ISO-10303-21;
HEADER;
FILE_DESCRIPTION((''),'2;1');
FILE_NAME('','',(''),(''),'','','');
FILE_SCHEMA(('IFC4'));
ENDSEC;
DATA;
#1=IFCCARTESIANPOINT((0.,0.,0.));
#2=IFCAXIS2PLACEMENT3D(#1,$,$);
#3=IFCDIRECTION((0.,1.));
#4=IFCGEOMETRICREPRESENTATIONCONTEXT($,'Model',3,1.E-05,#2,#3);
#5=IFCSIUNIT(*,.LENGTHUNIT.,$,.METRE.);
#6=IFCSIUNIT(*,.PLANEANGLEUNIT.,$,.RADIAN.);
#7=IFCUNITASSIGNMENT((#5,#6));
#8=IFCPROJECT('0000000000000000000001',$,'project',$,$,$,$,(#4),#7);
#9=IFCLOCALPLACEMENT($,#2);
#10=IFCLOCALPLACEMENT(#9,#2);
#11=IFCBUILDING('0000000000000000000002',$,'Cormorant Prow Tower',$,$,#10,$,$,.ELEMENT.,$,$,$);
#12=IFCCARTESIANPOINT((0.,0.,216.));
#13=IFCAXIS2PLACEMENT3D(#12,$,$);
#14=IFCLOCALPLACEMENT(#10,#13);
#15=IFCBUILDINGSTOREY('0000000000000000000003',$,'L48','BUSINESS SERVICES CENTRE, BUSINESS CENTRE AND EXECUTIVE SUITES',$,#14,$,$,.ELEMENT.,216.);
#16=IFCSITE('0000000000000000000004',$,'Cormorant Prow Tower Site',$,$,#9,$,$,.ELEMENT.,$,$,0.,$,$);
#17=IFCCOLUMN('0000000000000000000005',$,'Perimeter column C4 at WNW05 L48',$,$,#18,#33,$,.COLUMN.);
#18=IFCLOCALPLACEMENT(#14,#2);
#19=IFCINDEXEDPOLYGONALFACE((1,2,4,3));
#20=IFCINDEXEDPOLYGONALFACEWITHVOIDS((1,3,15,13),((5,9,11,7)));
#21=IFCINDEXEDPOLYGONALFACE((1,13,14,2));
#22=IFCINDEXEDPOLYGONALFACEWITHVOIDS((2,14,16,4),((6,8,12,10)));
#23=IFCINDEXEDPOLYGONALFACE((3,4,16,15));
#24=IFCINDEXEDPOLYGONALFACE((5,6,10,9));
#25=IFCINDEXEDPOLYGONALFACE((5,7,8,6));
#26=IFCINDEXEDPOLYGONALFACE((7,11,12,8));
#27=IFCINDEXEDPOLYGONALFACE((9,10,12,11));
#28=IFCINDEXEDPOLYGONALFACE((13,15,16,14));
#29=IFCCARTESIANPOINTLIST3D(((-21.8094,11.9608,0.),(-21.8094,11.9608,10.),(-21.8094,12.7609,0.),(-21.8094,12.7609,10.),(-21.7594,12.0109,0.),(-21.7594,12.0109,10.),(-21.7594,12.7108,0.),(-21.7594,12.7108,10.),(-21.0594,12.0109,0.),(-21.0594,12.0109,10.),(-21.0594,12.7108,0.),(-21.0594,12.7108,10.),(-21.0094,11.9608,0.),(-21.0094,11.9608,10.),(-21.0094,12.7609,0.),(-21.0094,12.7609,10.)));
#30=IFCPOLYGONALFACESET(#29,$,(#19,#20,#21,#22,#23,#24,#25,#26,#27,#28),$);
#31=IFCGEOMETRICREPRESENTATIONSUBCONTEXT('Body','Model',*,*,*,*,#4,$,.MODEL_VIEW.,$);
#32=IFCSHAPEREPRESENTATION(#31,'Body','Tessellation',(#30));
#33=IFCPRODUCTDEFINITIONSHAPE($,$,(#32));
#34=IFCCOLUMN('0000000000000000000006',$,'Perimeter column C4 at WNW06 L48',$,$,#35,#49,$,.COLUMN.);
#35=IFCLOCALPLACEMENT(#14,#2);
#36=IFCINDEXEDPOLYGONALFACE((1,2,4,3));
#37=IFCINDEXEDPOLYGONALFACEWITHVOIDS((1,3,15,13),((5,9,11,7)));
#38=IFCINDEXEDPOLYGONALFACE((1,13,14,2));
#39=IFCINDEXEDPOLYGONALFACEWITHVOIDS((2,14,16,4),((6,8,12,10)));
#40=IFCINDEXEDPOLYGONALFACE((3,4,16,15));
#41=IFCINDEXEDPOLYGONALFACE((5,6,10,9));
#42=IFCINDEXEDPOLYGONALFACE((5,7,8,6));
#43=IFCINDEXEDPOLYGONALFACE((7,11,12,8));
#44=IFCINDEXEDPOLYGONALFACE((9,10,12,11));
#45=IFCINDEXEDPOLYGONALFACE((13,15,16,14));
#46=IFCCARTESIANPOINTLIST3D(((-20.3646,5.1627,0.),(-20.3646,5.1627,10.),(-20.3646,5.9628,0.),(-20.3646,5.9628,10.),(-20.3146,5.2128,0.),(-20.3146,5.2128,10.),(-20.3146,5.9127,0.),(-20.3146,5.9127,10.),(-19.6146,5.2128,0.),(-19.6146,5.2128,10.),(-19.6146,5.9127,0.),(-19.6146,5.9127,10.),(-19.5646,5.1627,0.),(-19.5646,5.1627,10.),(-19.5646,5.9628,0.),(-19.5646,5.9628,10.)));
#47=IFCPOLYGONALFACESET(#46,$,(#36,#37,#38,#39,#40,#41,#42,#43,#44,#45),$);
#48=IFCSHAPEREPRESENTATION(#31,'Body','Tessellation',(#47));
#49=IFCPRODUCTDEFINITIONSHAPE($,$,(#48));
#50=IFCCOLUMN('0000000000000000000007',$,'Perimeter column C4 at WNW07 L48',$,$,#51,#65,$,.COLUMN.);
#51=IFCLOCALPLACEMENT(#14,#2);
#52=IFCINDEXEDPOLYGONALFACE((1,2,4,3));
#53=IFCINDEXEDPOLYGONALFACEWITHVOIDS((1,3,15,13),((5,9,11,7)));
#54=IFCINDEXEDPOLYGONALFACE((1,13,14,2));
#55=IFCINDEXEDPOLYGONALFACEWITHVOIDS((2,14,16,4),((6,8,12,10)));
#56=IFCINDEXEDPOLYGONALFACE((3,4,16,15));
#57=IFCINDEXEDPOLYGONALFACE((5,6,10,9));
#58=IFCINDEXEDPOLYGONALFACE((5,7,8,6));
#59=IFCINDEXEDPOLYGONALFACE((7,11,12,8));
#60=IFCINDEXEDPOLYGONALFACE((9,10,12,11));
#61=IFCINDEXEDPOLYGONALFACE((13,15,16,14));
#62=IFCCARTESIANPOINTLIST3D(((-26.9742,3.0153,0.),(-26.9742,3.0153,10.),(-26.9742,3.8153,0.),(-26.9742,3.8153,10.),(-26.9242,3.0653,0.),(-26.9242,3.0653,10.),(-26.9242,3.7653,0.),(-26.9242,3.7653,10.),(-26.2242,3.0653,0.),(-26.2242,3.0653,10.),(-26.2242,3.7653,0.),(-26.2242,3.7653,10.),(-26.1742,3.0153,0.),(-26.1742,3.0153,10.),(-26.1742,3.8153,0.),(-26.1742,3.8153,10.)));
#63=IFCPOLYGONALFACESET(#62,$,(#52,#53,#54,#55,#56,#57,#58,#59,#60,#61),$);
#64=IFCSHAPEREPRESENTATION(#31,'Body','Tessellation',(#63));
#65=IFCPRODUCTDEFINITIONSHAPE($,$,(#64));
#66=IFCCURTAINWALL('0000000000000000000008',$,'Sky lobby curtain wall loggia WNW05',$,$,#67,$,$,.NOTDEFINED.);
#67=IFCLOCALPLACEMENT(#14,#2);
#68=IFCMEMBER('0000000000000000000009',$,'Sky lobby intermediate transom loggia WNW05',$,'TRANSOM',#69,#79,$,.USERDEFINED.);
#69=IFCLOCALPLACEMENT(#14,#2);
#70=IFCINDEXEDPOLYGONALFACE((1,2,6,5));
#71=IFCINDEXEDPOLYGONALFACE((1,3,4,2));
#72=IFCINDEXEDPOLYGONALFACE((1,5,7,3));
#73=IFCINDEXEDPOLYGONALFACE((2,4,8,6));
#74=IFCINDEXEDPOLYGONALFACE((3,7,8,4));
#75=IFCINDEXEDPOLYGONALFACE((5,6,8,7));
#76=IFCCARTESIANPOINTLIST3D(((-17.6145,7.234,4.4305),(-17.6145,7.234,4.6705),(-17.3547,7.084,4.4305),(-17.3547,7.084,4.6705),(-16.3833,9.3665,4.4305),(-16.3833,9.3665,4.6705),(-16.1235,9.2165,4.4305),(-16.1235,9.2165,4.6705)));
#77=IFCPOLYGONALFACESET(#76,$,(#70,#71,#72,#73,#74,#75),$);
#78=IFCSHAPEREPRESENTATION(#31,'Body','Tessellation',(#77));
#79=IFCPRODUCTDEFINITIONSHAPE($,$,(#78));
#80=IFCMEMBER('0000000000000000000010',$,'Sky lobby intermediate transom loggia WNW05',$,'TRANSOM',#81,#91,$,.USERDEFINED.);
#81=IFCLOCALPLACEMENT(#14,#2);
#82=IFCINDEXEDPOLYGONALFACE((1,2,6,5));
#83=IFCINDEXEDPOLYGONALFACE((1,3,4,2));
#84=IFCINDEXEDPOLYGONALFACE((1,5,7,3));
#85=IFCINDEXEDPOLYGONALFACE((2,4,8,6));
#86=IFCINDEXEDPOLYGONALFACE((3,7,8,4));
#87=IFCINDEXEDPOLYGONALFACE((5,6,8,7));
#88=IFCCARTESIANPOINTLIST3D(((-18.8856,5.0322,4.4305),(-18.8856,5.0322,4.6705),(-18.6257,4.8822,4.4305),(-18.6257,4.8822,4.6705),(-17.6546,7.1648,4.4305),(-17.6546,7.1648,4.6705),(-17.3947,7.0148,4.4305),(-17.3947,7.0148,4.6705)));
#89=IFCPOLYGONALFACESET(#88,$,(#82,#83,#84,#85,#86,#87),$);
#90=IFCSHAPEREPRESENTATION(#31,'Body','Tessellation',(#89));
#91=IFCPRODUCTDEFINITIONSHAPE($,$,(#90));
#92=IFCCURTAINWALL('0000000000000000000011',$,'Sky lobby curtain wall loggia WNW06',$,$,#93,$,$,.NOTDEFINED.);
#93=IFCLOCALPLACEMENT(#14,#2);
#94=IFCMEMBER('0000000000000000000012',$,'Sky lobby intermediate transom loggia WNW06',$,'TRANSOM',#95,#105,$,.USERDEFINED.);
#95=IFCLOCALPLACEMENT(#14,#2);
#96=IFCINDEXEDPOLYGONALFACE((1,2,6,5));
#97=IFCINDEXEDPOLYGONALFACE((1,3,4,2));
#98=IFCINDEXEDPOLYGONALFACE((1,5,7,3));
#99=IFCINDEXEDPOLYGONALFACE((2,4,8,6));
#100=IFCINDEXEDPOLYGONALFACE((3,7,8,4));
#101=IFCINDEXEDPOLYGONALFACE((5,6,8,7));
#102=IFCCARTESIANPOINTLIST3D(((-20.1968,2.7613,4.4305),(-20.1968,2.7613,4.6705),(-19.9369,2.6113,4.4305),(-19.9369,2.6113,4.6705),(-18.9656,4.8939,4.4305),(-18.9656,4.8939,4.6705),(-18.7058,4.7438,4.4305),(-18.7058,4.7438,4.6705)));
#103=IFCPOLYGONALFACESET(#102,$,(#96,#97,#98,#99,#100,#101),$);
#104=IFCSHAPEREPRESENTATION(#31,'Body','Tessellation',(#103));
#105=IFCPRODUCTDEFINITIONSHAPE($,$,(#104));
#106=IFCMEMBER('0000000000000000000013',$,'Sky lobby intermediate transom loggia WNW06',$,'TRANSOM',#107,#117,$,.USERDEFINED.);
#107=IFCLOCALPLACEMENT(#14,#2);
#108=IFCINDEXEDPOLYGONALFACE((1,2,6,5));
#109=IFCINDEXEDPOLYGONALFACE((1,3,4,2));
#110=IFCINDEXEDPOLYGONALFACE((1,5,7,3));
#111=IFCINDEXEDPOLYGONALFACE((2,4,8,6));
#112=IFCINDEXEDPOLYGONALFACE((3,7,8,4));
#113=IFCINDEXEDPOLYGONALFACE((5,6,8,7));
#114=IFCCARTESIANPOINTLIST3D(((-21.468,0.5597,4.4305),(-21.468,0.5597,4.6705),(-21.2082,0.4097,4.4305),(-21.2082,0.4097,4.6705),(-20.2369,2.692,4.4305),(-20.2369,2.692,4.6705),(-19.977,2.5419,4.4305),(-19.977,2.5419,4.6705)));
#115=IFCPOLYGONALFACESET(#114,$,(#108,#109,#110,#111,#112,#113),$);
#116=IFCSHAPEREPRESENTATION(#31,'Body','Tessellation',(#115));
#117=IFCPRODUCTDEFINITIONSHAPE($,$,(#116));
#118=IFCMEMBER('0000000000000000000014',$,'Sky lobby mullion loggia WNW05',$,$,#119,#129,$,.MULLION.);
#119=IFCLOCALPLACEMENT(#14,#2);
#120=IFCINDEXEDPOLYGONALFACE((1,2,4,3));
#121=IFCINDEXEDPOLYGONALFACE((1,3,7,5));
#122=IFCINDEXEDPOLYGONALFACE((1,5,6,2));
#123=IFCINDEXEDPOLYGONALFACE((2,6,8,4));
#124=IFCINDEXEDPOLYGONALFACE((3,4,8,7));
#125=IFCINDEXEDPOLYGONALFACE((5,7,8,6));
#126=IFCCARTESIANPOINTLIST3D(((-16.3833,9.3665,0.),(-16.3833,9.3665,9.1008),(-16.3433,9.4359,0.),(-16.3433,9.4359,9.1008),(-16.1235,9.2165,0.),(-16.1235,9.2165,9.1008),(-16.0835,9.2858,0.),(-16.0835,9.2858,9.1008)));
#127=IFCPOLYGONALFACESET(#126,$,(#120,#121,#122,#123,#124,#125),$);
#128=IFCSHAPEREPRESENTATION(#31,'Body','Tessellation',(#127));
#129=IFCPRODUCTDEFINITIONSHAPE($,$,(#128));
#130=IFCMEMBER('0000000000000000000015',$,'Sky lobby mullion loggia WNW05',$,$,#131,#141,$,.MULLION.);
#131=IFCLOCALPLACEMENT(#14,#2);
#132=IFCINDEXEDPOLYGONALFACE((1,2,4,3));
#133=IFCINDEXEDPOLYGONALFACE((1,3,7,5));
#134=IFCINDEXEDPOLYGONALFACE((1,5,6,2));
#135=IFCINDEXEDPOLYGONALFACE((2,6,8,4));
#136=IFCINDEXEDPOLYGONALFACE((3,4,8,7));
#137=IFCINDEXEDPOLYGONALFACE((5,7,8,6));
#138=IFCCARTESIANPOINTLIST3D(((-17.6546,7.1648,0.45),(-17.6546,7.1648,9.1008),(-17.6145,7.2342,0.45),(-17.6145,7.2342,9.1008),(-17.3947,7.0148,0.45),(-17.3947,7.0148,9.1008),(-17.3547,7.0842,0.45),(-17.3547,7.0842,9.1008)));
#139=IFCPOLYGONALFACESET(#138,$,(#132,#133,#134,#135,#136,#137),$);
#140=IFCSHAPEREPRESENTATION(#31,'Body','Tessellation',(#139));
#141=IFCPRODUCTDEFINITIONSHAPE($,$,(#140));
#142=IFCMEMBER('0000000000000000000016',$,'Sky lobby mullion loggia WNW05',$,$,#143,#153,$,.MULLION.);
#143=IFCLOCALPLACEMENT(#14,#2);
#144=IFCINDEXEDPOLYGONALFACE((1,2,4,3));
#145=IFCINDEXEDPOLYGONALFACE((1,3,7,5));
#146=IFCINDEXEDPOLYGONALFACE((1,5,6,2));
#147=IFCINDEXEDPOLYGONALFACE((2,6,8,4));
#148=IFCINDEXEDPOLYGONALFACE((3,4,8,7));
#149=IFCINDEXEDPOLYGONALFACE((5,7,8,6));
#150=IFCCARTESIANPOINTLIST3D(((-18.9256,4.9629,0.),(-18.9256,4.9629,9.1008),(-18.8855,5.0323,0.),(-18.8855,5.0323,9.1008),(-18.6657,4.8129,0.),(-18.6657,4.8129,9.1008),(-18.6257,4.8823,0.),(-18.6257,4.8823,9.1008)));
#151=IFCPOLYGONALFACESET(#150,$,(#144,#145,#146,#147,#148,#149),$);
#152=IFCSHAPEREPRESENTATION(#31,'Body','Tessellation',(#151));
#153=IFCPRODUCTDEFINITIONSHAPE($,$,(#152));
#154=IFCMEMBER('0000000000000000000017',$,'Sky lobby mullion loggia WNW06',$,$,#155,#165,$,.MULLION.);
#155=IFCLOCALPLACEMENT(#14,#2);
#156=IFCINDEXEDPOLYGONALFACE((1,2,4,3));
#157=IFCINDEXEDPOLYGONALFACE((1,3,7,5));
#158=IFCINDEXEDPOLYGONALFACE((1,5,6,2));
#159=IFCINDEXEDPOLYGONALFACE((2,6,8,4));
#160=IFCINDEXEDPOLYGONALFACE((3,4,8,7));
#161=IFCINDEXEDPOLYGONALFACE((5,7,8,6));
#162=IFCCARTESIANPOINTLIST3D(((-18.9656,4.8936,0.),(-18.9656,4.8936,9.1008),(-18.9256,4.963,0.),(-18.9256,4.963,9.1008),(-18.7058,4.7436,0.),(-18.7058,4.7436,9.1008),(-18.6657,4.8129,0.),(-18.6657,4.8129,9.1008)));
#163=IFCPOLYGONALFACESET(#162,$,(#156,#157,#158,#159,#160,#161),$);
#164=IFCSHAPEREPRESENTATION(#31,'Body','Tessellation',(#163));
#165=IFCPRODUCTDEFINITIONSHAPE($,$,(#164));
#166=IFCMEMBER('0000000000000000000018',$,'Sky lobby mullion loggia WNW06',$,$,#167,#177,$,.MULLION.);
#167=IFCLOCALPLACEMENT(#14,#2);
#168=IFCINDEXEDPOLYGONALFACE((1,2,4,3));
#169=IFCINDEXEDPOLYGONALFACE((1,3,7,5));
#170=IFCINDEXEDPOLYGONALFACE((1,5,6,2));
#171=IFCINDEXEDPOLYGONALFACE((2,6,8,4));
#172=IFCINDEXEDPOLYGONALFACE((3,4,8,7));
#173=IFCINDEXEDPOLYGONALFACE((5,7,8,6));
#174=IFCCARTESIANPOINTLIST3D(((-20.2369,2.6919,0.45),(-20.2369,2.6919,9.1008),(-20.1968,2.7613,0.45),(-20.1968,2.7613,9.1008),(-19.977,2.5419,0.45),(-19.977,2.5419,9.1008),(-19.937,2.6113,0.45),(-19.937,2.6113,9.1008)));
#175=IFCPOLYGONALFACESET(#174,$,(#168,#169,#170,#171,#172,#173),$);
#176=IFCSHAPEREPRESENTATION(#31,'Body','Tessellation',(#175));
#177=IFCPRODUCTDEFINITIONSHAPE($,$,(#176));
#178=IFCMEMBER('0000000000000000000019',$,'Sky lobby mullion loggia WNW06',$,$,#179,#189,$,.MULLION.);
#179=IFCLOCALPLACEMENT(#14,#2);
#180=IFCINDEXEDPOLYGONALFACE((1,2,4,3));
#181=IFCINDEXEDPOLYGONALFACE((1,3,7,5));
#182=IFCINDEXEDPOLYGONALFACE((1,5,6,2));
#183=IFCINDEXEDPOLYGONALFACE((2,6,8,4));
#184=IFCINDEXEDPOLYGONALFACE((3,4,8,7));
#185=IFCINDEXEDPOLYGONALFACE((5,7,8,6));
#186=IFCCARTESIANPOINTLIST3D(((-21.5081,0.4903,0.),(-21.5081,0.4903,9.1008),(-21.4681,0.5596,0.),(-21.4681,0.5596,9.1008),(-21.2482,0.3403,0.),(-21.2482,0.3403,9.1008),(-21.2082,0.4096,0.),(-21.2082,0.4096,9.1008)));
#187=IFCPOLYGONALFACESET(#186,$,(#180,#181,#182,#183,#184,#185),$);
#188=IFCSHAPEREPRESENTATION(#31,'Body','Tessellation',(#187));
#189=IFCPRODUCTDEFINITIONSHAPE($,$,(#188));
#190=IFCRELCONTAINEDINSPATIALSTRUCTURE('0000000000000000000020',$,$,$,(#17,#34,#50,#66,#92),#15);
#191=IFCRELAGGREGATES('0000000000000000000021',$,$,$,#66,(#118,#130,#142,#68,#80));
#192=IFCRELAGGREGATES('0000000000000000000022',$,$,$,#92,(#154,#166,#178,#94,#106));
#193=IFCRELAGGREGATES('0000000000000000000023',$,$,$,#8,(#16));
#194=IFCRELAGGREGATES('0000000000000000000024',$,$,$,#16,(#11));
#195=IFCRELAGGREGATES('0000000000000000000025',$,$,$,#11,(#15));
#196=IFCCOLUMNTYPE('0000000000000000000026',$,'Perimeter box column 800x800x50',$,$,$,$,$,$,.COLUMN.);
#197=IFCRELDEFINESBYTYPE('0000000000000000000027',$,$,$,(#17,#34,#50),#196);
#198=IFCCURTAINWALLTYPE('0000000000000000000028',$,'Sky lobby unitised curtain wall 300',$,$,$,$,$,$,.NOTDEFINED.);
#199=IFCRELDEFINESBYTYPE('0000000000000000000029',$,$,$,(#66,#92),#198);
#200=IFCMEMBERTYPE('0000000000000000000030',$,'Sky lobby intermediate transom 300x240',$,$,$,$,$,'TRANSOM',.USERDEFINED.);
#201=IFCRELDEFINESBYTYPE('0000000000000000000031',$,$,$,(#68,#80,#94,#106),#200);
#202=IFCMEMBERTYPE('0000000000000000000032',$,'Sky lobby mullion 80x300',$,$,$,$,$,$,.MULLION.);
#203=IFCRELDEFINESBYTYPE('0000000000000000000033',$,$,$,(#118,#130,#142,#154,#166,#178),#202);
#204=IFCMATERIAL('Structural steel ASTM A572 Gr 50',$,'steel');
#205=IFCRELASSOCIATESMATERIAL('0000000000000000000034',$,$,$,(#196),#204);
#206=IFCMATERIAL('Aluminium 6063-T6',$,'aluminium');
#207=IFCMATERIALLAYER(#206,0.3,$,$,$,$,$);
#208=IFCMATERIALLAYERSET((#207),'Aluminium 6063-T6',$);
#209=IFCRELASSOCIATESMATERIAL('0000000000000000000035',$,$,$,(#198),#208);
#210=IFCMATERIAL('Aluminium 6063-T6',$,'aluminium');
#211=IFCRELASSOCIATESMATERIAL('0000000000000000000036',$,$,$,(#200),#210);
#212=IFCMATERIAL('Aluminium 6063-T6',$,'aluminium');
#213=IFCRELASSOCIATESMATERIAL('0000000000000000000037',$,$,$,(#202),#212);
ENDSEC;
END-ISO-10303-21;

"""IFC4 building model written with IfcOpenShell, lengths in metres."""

from ifc_helpers import new_model, si_unit, direction, frame, origin, origin_2d, place, context, subcontext, project, spatial, rectangle, hollow_rectangle, extrude, material, layer, layer_set, material_profile, profile_set, type_object, element, aggregate, save


model = new_model("IFC4")

# Units and contexts
model_context = context("Model", 3, precision=1e-05, world=origin(), true_north=direction((0.0, 1.0)))
body_context = subcontext(model_context, "Body", "Model", "MODEL_VIEW")
ifc_project = project(units=[si_unit("LENGTHUNIT", "METRE"), si_unit("PLANEANGLEUNIT", "RADIAN")], contexts=[model_context])

# Site, building, storey
site_placement = place(None, origin())
site = spatial("IfcSite", under=ifc_project, at=site_placement, Name="Cormorant Prow Tower Site", CompositionType="ELEMENT", RefElevation=0.0)
building_placement = place(site_placement, origin())
building = spatial("IfcBuilding", under=site, at=building_placement, Name="Cormorant Prow Tower", CompositionType="ELEMENT")
storey_placement = place(building_placement, frame((0.0, 0.0, 216.0)))
storey = spatial("IfcBuildingStorey", under=building, at=storey_placement, Name="L48", Description="BUSINESS SERVICES CENTRE, BUSINESS CENTRE AND EXECUTIVE SUITES", CompositionType="ELEMENT", Elevation=216.0)

# Columns
ifc_material_1 = material(Name="Structural steel ASTM A572 Gr 50", Category="steel")
ifc_material_profile_1 = material_profile(ifc_material_1, hollow_rectangle(XDim=0.8, YDim=0.8, WallThickness=0.05, at=origin_2d()), Name="Box 800x800x50")
ifc_profile_set_1 = profile_set([ifc_material_profile_1], Name="Structural steel ASTM A572 Gr 50")
column_type = type_object("IfcColumnType", Name="Perimeter box column 800x800x50", PredefinedType="COLUMN", material=ifc_profile_set_1)
for number, where, z_axis, x_axis, name in (
    (1, (-21.4094, 12.3608, 0.0), (0.0, 0.0, 1.0), (1.0, 0.0, 0.0), "Perimeter column C4 at WNW05 L48"),
    (2, (-19.9646, 5.5627, 0.0), (0.0, 0.0, 1.0), (1.0, 0.0, 0.0), "Perimeter column C4 at WNW06 L48"),
    (3, (-26.5742, 3.4153, 0.0), (0.0, 0.0, 1.0), (1.0, 0.0, 0.0), "Perimeter column C4 at WNW07 L48"),
):
    element("IfcColumn", number, at=place(storey_placement, frame(where, z_axis=z_axis, x_axis=x_axis)), inside=storey, type_object=column_type, Name=name, PredefinedType="COLUMN", context=body_context, shape_type="SweptSolid", body=[
        extrude(hollow_rectangle(XDim=0.8, YDim=0.8, WallThickness=0.05, at=origin_2d()), origin(), (0.0, 0.0, 1.0), 10.0),
    ])

# Curtain walls, members
ifc_material_2 = material(Name="Aluminium 6063-T6", Category="aluminium")
ifc_layer_1 = layer(ifc_material_2, 0.3)
ifc_layer_set_1 = layer_set([ifc_layer_1], Name="Aluminium 6063-T6")
curtain_wall_type = type_object("IfcCurtainWallType", Name="Sky lobby unitised curtain wall 300", PredefinedType="NOTDEFINED", material=ifc_layer_set_1)
curtain_wall_1_placement = place(storey_placement, origin())
curtain_wall_1 = element("IfcCurtainWall", 4, at=curtain_wall_1_placement, inside=storey, type_object=curtain_wall_type, Name="Sky lobby curtain wall loggia WNW05", PredefinedType="NOTDEFINED")
ifc_material_3 = material(Name="Aluminium 6063-T6", Category="aluminium")
ifc_material_profile_2 = material_profile(ifc_material_3, rectangle(XDim=0.3, YDim=0.24, at=origin_2d()), Name="Sky lobby intermediate transom 300x240")
ifc_profile_set_2 = profile_set([ifc_material_profile_2], Name="Aluminium 6063-T6")
member_type_1 = type_object("IfcMemberType", Name="Sky lobby intermediate transom 300x240", ElementType="TRANSOM", PredefinedType="USERDEFINED", material=ifc_profile_set_2)
member_1_placement = place(storey_placement, frame((-16.2534, 9.2915, 4.5505), z_axis=(-0.499989, -0.866032, 0.0), x_axis=(0.866032, -0.499989, 0.0)))
member_1 = element("IfcMember", 5, at=member_1_placement, type_object=member_type_1, Name="Sky lobby intermediate transom loggia WNW05", ObjectType="TRANSOM", PredefinedType="USERDEFINED", context=body_context, shape_type="SweptSolid", body=[
    extrude(rectangle(XDim=0.3, YDim=0.24, at=origin_2d()), origin(), (0.0, 0.0, 1.0), 2.4624),
])
member_2_placement = place(storey_placement, frame((-17.5247, 7.0898, 4.5505), z_axis=(-0.499914, -0.866075, 0.0), x_axis=(0.866075, -0.499914, 0.0)))
member_2 = element("IfcMember", 6, at=member_2_placement, type_object=member_type_1, Name="Sky lobby intermediate transom loggia WNW05", ObjectType="TRANSOM", PredefinedType="USERDEFINED", context=body_context, shape_type="SweptSolid", body=[
    extrude(rectangle(XDim=0.3, YDim=0.24, at=origin_2d()), origin(), (0.0, 0.0, 1.0), 2.4624),
])
curtain_wall_2_placement = place(storey_placement, origin())
curtain_wall_2 = element("IfcCurtainWall", 7, at=curtain_wall_2_placement, inside=storey, type_object=curtain_wall_type, Name="Sky lobby curtain wall loggia WNW06", PredefinedType="NOTDEFINED")
member_3_placement = place(storey_placement, frame((-18.8357, 4.8188, 4.5505), z_axis=(-0.499989, -0.866032, 0.0), x_axis=(0.866032, -0.499989, 0.0)))
member_3 = element("IfcMember", 8, at=member_3_placement, type_object=member_type_1, Name="Sky lobby intermediate transom loggia WNW06", ObjectType="TRANSOM", PredefinedType="USERDEFINED", context=body_context, shape_type="SweptSolid", body=[
    extrude(rectangle(XDim=0.3, YDim=0.24, at=origin_2d()), origin(), (0.0, 0.0, 1.0), 2.4624),
])
member_4_placement = place(storey_placement, frame((-20.1069, 2.6169, 4.5505), z_axis=(-0.500031, -0.866007, 0.0), x_axis=(0.866007, -0.500031, 0.0)))
member_4 = element("IfcMember", 9, at=member_4_placement, type_object=member_type_1, Name="Sky lobby intermediate transom loggia WNW06", ObjectType="TRANSOM", PredefinedType="USERDEFINED", context=body_context, shape_type="SweptSolid", body=[
    extrude(rectangle(XDim=0.3, YDim=0.24, at=origin_2d()), origin(), (0.0, 0.0, 1.0), 2.4622),
])

# Members
ifc_material_4 = material(Name="Aluminium 6063-T6", Category="aluminium")
ifc_material_profile_3 = material_profile(ifc_material_4, rectangle(XDim=0.3, YDim=0.0801, at=origin_2d()), Name="Sky lobby mullion 80x300")
ifc_profile_set_3 = profile_set([ifc_material_profile_3], Name="Aluminium 6063-T6")
member_type_2 = type_object("IfcMemberType", Name="Sky lobby mullion 80x300", PredefinedType="MULLION", material=ifc_profile_set_3)
member_5_placement = place(storey_placement, frame((-16.2334, 9.3262, 0.0), z_axis=(0.0, 0.0, 1.0), x_axis=(0.866025, -0.5, 0.0)))
member_5 = element("IfcMember", 10, at=member_5_placement, type_object=member_type_2, Name="Sky lobby mullion loggia WNW05", PredefinedType="MULLION", context=body_context, shape_type="SweptSolid", body=[
    extrude(rectangle(XDim=0.3, YDim=0.0801, at=origin_2d()), origin(), (0.0, 0.0, 1.0), 9.1008),
])
member_6_placement = place(storey_placement, frame((-17.5046, 7.1245, 0.45), z_axis=(0.0, 0.0, 1.0), x_axis=(0.866025, -0.5, 0.0)))
member_6 = element("IfcMember", 11, at=member_6_placement, type_object=member_type_2, Name="Sky lobby mullion loggia WNW05", PredefinedType="MULLION", context=body_context, shape_type="SweptSolid", body=[
    extrude(rectangle(XDim=0.3, YDim=0.0801, at=origin_2d()), origin(), (0.0, 0.0, 1.0), 8.6509),
])
member_7_placement = place(storey_placement, frame((-18.7756, 4.9226, 0.0), z_axis=(0.0, 0.0, 1.0), x_axis=(0.866025, -0.5, 0.0)))
member_7 = element("IfcMember", 12, at=member_7_placement, type_object=member_type_2, Name="Sky lobby mullion loggia WNW05", PredefinedType="MULLION", context=body_context, shape_type="SweptSolid", body=[
    extrude(rectangle(XDim=0.3, YDim=0.0801, at=origin_2d()), origin(), (0.0, 0.0, 1.0), 9.1008),
])
member_8_placement = place(storey_placement, frame((-18.8157, 4.8533, 0.0), z_axis=(0.0, 0.0, 1.0), x_axis=(0.866025, -0.5, 0.0)))
member_8 = element("IfcMember", 13, at=member_8_placement, type_object=member_type_2, Name="Sky lobby mullion loggia WNW06", PredefinedType="MULLION", context=body_context, shape_type="SweptSolid", body=[
    extrude(rectangle(XDim=0.3, YDim=0.0801, at=origin_2d()), origin(), (0.0, 0.0, 1.0), 9.1008),
])
member_9_placement = place(storey_placement, frame((-20.0869, 2.6516, 0.45), z_axis=(0.0, 0.0, 1.0), x_axis=(0.866025, -0.5, 0.0)))
member_9 = element("IfcMember", 14, at=member_9_placement, type_object=member_type_2, Name="Sky lobby mullion loggia WNW06", PredefinedType="MULLION", context=body_context, shape_type="SweptSolid", body=[
    extrude(rectangle(XDim=0.3, YDim=0.0801, at=origin_2d()), origin(), (0.0, 0.0, 1.0), 8.6509),
])
member_10_placement = place(storey_placement, frame((-21.3582, 0.45, 0.0), z_axis=(0.0, 0.0, 1.0), x_axis=(0.866025, -0.5, 0.0)))
member_10 = element("IfcMember", 15, at=member_10_placement, type_object=member_type_2, Name="Sky lobby mullion loggia WNW06", PredefinedType="MULLION", context=body_context, shape_type="SweptSolid", body=[
    extrude(rectangle(XDim=0.3, YDim=0.0801, at=origin_2d()), origin(), (0.0, 0.0, 1.0), 9.1008),
])

aggregate(curtain_wall_1, [member_5, member_6, member_7, member_1, member_2])
aggregate(curtain_wall_2, [member_8, member_9, member_10, member_3, member_4])

save(model, "model.ifc")
